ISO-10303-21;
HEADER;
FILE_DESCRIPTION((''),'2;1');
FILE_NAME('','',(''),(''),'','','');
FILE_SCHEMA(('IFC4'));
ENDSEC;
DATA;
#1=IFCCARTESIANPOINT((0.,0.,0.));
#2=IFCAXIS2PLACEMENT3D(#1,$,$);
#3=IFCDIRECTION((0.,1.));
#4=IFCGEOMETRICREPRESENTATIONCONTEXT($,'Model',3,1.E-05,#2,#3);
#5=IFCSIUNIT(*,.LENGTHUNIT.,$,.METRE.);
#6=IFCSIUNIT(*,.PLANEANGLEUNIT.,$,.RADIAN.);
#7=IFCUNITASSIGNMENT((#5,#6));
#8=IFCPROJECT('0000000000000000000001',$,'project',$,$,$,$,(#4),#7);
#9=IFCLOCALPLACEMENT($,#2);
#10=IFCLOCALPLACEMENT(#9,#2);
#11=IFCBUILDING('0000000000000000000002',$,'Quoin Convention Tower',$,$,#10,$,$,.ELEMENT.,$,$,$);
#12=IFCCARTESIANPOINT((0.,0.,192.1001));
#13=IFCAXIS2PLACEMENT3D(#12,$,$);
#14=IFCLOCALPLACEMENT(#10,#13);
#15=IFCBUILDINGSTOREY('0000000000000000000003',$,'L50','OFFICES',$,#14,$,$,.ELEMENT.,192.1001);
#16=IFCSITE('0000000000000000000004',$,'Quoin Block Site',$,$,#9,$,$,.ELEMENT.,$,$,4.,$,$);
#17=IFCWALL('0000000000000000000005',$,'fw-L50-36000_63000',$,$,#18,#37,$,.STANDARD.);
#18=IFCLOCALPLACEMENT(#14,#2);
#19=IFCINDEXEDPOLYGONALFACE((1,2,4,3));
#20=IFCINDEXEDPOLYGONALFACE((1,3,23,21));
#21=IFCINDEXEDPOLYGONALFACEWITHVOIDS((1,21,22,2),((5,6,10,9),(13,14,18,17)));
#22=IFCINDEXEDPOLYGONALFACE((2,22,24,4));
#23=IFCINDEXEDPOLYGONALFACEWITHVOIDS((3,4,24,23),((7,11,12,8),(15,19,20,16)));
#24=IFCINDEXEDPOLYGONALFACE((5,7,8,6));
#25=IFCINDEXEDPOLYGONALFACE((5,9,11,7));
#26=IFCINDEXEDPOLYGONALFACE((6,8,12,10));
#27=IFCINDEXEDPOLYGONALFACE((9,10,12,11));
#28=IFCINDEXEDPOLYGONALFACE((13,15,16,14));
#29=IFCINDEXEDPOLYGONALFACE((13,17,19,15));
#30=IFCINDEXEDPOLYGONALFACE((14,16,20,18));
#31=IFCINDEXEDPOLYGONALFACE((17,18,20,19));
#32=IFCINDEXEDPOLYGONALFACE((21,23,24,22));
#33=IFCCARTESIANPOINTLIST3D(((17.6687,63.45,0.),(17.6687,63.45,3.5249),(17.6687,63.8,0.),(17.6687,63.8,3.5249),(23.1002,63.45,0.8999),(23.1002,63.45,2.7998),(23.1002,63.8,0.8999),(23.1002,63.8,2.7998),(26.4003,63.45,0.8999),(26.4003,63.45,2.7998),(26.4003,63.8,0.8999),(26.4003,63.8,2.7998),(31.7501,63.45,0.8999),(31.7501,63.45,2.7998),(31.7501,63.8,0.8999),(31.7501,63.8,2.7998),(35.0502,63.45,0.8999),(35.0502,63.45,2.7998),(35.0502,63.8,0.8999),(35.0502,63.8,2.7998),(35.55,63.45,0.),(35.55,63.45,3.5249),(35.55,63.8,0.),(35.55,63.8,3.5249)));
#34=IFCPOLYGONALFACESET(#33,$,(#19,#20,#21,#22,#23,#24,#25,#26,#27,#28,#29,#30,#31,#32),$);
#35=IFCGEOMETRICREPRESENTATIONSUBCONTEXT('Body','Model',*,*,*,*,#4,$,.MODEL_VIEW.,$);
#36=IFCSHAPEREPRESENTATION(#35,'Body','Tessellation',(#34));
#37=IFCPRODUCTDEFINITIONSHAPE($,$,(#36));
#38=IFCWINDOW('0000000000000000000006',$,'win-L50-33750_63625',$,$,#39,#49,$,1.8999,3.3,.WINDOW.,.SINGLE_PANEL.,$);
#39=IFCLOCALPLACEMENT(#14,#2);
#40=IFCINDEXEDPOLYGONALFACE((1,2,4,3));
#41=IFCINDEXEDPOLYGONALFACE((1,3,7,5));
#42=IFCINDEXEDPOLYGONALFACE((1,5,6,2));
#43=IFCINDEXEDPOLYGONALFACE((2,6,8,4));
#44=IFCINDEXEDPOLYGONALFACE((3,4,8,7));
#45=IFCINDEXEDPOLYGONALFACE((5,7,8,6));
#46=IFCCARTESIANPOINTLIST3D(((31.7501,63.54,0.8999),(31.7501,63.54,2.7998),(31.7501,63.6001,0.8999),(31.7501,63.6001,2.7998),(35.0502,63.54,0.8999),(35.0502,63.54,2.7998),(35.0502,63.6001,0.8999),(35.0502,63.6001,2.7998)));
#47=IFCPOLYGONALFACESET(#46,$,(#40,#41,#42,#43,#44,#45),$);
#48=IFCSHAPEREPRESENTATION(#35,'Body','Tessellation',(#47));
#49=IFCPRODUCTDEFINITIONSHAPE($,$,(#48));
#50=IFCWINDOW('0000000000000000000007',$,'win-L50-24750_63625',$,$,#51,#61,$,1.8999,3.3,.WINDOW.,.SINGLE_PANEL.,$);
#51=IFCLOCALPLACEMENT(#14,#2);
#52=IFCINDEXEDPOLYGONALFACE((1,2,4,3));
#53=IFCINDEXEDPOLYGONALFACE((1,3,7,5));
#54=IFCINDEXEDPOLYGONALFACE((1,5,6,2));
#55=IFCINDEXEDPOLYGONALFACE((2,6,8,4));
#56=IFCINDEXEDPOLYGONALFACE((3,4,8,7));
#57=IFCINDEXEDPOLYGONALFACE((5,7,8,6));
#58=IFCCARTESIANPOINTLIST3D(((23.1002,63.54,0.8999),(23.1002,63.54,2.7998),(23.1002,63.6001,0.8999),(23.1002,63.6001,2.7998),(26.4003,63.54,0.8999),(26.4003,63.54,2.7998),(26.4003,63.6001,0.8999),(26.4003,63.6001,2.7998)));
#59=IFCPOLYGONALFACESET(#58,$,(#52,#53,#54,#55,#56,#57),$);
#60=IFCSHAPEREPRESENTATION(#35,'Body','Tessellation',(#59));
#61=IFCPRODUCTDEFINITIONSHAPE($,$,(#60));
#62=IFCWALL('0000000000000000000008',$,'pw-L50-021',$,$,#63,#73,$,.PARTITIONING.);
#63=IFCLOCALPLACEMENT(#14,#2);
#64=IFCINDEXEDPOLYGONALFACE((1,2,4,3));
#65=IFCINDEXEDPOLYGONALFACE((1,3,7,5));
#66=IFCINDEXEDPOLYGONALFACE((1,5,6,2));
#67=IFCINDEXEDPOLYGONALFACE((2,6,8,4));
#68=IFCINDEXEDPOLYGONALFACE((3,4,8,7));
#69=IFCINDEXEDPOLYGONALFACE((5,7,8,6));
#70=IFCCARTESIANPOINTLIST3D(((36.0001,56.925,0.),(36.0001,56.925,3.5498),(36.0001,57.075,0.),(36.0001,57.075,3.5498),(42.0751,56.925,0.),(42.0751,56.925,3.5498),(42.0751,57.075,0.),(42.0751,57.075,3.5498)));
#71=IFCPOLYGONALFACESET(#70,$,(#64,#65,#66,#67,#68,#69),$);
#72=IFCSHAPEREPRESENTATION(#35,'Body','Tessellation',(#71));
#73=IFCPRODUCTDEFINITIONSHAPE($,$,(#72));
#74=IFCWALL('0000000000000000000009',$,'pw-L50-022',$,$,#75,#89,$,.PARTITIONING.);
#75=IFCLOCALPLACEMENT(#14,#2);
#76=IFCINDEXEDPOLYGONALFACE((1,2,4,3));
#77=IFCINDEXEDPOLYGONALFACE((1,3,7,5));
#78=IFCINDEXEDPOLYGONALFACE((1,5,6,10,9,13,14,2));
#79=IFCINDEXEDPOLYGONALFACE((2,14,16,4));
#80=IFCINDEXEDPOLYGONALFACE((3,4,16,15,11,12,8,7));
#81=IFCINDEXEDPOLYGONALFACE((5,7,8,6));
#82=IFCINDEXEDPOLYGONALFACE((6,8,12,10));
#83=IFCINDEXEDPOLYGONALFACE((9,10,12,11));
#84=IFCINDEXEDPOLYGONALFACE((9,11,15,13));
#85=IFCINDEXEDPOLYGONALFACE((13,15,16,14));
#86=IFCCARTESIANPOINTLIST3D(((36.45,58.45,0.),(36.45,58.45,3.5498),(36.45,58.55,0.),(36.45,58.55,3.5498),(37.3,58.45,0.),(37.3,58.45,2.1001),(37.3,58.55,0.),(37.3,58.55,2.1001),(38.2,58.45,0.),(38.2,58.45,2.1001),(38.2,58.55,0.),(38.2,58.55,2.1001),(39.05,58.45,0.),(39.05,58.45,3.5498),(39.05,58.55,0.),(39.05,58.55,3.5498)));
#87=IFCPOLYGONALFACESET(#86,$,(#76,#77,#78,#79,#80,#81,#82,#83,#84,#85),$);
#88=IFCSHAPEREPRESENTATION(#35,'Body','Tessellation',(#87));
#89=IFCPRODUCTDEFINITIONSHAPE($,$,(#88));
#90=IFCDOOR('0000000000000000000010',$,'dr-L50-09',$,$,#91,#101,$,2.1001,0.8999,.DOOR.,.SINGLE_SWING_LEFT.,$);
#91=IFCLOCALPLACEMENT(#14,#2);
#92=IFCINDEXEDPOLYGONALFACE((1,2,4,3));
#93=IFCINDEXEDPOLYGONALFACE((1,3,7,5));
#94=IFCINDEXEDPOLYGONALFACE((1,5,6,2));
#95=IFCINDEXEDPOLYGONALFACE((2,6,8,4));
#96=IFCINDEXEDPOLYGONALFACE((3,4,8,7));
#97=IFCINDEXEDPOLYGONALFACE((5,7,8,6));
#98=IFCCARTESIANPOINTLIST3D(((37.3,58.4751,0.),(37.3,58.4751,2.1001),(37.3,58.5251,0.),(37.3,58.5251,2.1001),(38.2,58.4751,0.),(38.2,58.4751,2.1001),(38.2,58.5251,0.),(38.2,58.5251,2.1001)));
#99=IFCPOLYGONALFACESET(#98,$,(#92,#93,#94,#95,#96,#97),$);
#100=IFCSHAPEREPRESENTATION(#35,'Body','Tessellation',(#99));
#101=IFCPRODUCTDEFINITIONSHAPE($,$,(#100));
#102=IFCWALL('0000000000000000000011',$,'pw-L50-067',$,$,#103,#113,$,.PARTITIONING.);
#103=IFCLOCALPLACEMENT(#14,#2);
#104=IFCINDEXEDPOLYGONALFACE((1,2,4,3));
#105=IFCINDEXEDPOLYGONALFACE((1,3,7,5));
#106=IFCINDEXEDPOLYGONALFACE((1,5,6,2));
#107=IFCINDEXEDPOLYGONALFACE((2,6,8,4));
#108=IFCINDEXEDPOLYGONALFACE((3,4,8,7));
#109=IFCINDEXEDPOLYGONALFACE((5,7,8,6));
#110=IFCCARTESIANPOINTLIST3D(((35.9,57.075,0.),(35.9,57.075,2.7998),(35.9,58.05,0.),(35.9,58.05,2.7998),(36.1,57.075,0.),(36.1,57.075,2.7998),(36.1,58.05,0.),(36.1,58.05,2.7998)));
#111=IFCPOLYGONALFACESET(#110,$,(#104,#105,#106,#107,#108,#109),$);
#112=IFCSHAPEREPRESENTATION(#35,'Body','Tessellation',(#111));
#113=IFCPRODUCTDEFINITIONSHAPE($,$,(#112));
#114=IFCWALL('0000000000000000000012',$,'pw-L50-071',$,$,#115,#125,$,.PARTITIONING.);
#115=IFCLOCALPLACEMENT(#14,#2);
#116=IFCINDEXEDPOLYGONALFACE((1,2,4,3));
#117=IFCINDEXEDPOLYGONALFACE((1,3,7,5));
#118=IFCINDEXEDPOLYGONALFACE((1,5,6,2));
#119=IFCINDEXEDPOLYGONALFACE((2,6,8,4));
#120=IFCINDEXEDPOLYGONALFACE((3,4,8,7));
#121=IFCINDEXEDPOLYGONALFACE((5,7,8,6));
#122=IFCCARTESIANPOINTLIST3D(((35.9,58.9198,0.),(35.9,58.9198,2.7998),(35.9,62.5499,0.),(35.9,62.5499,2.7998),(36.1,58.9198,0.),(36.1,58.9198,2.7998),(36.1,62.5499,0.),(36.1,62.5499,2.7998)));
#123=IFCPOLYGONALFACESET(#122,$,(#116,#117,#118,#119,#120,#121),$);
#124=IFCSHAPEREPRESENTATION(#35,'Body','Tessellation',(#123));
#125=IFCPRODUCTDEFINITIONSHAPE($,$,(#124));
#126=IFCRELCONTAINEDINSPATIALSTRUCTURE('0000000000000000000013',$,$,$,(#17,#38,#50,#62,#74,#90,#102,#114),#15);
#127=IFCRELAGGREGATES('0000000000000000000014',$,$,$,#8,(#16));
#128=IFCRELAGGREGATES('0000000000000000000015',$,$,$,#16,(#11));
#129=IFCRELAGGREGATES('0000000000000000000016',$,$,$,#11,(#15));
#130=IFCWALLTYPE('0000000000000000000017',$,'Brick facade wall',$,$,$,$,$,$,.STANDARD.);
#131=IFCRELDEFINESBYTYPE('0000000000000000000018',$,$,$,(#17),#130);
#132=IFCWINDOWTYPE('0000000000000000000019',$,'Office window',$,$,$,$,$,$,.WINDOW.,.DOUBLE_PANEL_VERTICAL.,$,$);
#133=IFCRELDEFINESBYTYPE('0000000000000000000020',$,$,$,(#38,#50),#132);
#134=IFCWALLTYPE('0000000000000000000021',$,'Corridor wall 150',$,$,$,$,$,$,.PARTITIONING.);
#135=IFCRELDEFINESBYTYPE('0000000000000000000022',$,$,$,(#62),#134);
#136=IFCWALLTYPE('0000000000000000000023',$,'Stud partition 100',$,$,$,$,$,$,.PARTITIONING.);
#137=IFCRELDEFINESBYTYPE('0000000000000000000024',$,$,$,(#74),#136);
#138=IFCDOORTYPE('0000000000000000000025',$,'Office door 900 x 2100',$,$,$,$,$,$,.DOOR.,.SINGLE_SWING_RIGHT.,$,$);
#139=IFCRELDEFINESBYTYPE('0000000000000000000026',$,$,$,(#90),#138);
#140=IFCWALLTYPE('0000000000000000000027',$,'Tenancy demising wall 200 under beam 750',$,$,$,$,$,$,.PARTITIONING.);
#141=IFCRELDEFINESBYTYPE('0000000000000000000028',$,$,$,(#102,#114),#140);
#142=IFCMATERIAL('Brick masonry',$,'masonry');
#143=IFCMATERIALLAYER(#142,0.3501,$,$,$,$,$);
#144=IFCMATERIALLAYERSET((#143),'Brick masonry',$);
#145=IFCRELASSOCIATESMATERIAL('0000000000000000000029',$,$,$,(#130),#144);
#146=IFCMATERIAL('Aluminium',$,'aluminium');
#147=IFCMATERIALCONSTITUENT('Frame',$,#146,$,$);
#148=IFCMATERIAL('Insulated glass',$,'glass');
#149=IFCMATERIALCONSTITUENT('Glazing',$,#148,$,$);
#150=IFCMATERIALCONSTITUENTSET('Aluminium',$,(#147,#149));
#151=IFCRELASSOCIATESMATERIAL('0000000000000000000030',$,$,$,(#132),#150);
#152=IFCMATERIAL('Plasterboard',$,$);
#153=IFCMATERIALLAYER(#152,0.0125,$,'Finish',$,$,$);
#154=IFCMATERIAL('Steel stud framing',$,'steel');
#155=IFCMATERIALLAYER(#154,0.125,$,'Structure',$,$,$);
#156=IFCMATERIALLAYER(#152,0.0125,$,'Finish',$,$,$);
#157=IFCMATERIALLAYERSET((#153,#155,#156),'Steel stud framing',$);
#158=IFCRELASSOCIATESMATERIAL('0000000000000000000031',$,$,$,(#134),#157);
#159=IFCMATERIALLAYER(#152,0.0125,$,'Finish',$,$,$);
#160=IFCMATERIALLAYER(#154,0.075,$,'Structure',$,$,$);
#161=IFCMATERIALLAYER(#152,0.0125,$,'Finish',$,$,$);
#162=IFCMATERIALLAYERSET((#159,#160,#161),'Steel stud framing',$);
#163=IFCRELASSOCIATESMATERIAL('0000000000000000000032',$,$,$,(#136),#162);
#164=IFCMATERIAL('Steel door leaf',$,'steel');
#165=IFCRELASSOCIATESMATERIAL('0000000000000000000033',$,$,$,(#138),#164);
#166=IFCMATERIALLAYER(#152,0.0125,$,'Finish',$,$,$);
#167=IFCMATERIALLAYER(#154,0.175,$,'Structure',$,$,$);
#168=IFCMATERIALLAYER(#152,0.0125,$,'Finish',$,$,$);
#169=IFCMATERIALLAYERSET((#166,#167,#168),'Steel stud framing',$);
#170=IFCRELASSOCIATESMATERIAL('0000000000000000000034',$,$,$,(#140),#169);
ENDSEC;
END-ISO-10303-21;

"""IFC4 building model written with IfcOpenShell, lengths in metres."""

from ifc_helpers import new_model, si_unit, direction, frame, frame_2d, origin, place, context, subcontext, project, spatial, rectangle, extrude, material, layer, layer_set, constituent, constituent_set, type_object, element, fill, save


model = new_model("IFC4")

# Units and contexts
model_context = context("Model", 3, precision=1e-05, world=origin(), true_north=direction((0.0, 1.0)))
body_context = subcontext(model_context, "Body", "Model", "MODEL_VIEW")
ifc_project = project(units=[si_unit("LENGTHUNIT", "METRE"), si_unit("PLANEANGLEUNIT", "RADIAN")], contexts=[model_context])

# Site, building, storey
site_placement = place(None, origin())
site = spatial("IfcSite", under=ifc_project, at=site_placement, Name="Quoin Block Site", CompositionType="ELEMENT", RefElevation=4.0)
building_placement = place(site_placement, origin())
building = spatial("IfcBuilding", under=site, at=building_placement, Name="Quoin Convention Tower", CompositionType="ELEMENT")
storey_placement = place(building_placement, frame((0.0, 0.0, 192.1001)))
storey = spatial("IfcBuildingStorey", under=building, at=storey_placement, Name="L50", Description="OFFICES", CompositionType="ELEMENT", Elevation=192.1001)

# Shared definitions
ifc_material_1 = material(Name="Plasterboard")
ifc_material_2 = material(Name="Steel stud framing", Category="steel")

# Wall, openings, windows
ifc_material_3 = material(Name="Brick masonry", Category="masonry")
ifc_layer_1 = layer(ifc_material_3, 0.3501)
ifc_layer_set_1 = layer_set([ifc_layer_1], Name="Brick masonry")
wall_type_1 = type_object("IfcWallType", Name="Brick facade wall", PredefinedType="STANDARD", material=ifc_layer_set_1)
wall_1_placement = place(storey_placement, frame((35.55, 63.625, 0.0), z_axis=(0.0, 0.0, 1.0), x_axis=(-1.0, 0.0, 0.0)))
wall_1 = element("IfcWall", 1, at=wall_1_placement, inside=storey, type_object=wall_type_1, Name="fw-L50-36000_63000", PredefinedType="STANDARD", context=body_context, shape_type="SweptSolid", body=[
    extrude(rectangle(XDim=17.8813, YDim=0.3501, at=frame_2d((8.9407, 0.0))), origin(), (0.0, 0.0, 1.0), 3.5249),
])
opening_1_placement = place(wall_1_placement, frame((0.5, 0.0, 0.8999)))
opening_1 = element("IfcOpeningElement", 2, at=opening_1_placement, cuts=wall_1, PredefinedType="OPENING", context=body_context, shape_type="SweptSolid", body=[
    extrude(rectangle(XDim=3.3, YDim=1.8999, at=frame_2d((1.6499, 0.95))), frame((0.0, 0.1851, 0.0), z_axis=(0.0, -1.0, 0.0), x_axis=(1.0, 0.0, 0.0)), (0.0, 0.0, 1.0), 0.3701),
])
opening_2_placement = place(wall_1_placement, frame((9.1499, 0.0, 0.8999)))
opening_2 = element("IfcOpeningElement", 3, at=opening_2_placement, cuts=wall_1, PredefinedType="OPENING", context=body_context, shape_type="SweptSolid", body=[
    extrude(rectangle(XDim=3.3, YDim=1.8999, at=frame_2d((1.6499, 0.95))), frame((0.0, 0.1851, 0.0), z_axis=(0.0, -1.0, 0.0), x_axis=(1.0, 0.0, 0.0)), (0.0, 0.0, 1.0), 0.3701),
])
ifc_material_4 = material(Name="Aluminium", Category="aluminium")
ifc_constituent_1 = constituent(ifc_material_4, Name="Frame")
ifc_material_5 = material(Name="Insulated glass", Category="glass")
ifc_constituent_2 = constituent(ifc_material_5, Name="Glazing")
ifc_constituent_set = constituent_set(constituents=[ifc_constituent_1, ifc_constituent_2], Name="Aluminium")
window_type = type_object("IfcWindowType", Name="Office window", PartitioningType="DOUBLE_PANEL_VERTICAL", PredefinedType="WINDOW", material=ifc_constituent_set)
window_1_placement = place(opening_1_placement, origin())
window_1 = element("IfcWindow", 4, at=window_1_placement, inside=storey, type_object=window_type, Name="win-L50-33750_63625", OverallHeight=1.8999, OverallWidth=3.3, PartitioningType="SINGLE_PANEL", PredefinedType="WINDOW", context=body_context, shape_type="SweptSolid", body=[
    extrude(rectangle(XDim=3.3, YDim=1.8999, at=frame_2d((1.6499, 0.95))), frame((0.0, 0.085, 0.0), z_axis=(0.0, -1.0, 0.0), x_axis=(1.0, 0.0, 0.0)), (0.0, 0.0, 1.0), 0.0601),
])
fill(opening_1, window_1)
window_2_placement = place(opening_2_placement, origin())
window_2 = element("IfcWindow", 5, at=window_2_placement, inside=storey, type_object=window_type, Name="win-L50-24750_63625", OverallHeight=1.8999, OverallWidth=3.3, PartitioningType="SINGLE_PANEL", PredefinedType="WINDOW", context=body_context, shape_type="SweptSolid", body=[
    extrude(rectangle(XDim=3.3, YDim=1.8999, at=frame_2d((1.6499, 0.95))), frame((0.0, 0.085, 0.0), z_axis=(0.0, -1.0, 0.0), x_axis=(1.0, 0.0, 0.0)), (0.0, 0.0, 1.0), 0.0601),
])
fill(opening_2, window_2)

# Wall
ifc_layer_2 = layer(ifc_material_1, 0.0125, Name="Finish")
ifc_layer_3 = layer(ifc_material_2, 0.125, Name="Structure")
ifc_layer_4 = layer(ifc_material_1, 0.0125, Name="Finish")
ifc_layer_set_2 = layer_set([ifc_layer_2, ifc_layer_3, ifc_layer_4], Name="Steel stud framing")
wall_type_2 = type_object("IfcWallType", Name="Corridor wall 150", PredefinedType="PARTITIONING", material=ifc_layer_set_2)
wall_2_placement = place(storey_placement, frame((36.0, 57.0, 0.0), z_axis=(0.0, 0.0, 1.0), x_axis=(1.0, 0.0, 0.0)))
element("IfcWall", 6, at=wall_2_placement, inside=storey, type_object=wall_type_2, Name="pw-L50-021", PredefinedType="PARTITIONING", context=body_context, shape_type="SweptSolid", body=[
    extrude(rectangle(XDim=6.075, YDim=0.1499, at=frame_2d((3.0376, 0.0))), origin(), (0.0, 0.0, 1.0), 3.5498),
])

# Wall, opening, door
ifc_layer_5 = layer(ifc_material_1, 0.0125, Name="Finish")
ifc_layer_6 = layer(ifc_material_2, 0.075, Name="Structure")
ifc_layer_7 = layer(ifc_material_1, 0.0125, Name="Finish")
ifc_layer_set_3 = layer_set([ifc_layer_5, ifc_layer_6, ifc_layer_7], Name="Steel stud framing")
wall_type_3 = type_object("IfcWallType", Name="Stud partition 100", PredefinedType="PARTITIONING", material=ifc_layer_set_3)
wall_3_placement = place(storey_placement, frame((36.45, 58.5, 0.0), z_axis=(0.0, 0.0, 1.0), x_axis=(1.0, 0.0, 0.0)))
wall_3 = element("IfcWall", 7, at=wall_3_placement, inside=storey, type_object=wall_type_3, Name="pw-L50-022", PredefinedType="PARTITIONING", context=body_context, shape_type="SweptSolid", body=[
    extrude(rectangle(XDim=2.6001, YDim=0.1001, at=frame_2d((1.3, 0.0))), origin(), (0.0, 0.0, 1.0), 3.5498),
])
opening_3_placement = place(wall_3_placement, frame((0.8501, 0.0, 0.0)))
opening_3 = element("IfcOpeningElement", 8, at=opening_3_placement, cuts=wall_3, PredefinedType="OPENING", context=body_context, shape_type="SweptSolid", body=[
    extrude(rectangle(XDim=0.8999, YDim=2.1001, at=frame_2d((0.45, 1.05))), frame((0.0, 0.0601, 0.0), z_axis=(0.0, -1.0, 0.0), x_axis=(1.0, 0.0, 0.0)), (0.0, 0.0, 1.0), 0.1201),
])
ifc_material_6 = material(Name="Steel door leaf", Category="steel")
door_type = type_object("IfcDoorType", Name="Office door 900 x 2100", OperationType="SINGLE_SWING_RIGHT", PredefinedType="DOOR", material=ifc_material_6)
door_placement = place(opening_3_placement, frame((0.8999, 0.0, 0.0), z_axis=(0.0, 0.0, 1.0), x_axis=(-1.0, 0.0, 0.0)))
door = element("IfcDoor", 9, at=door_placement, inside=storey, type_object=door_type, Name="dr-L50-09", OperationType="SINGLE_SWING_LEFT", OverallHeight=2.1001, OverallWidth=0.8999, PredefinedType="DOOR", context=body_context, shape_type="SweptSolid", body=[
    extrude(rectangle(XDim=0.8999, YDim=2.1001, at=frame_2d((0.45, 1.05))), frame((0.0, 0.0249, 0.0), z_axis=(0.0, -1.0, 0.0), x_axis=(1.0, 0.0, 0.0)), (0.0, 0.0, 1.0), 0.05),
])
fill(opening_3, door)

# Walls
ifc_layer_8 = layer(ifc_material_1, 0.0125, Name="Finish")
ifc_layer_9 = layer(ifc_material_2, 0.175, Name="Structure")
ifc_layer_10 = layer(ifc_material_1, 0.0125, Name="Finish")
ifc_layer_set_4 = layer_set([ifc_layer_8, ifc_layer_9, ifc_layer_10], Name="Steel stud framing")
wall_type_4 = type_object("IfcWallType", Name="Tenancy demising wall 200 under beam 750", PredefinedType="PARTITIONING", material=ifc_layer_set_4)
wall_4_placement = place(storey_placement, frame((36.0, 57.075, 0.0), z_axis=(0.0, 0.0, 1.0), x_axis=(0.0, 1.0, 0.0)))
element("IfcWall", 10, at=wall_4_placement, inside=storey, type_object=wall_type_4, Name="pw-L50-067", PredefinedType="PARTITIONING", context=body_context, shape_type="SweptSolid", body=[
    extrude(rectangle(XDim=0.9751, YDim=0.2, at=frame_2d((0.4875, 0.0))), origin(), (0.0, 0.0, 1.0), 2.7998),
])
wall_5_placement = place(storey_placement, frame((36.0, 58.9199, 0.0), z_axis=(0.0, 0.0, 1.0), x_axis=(0.0, 1.0, 0.0)))
element("IfcWall", 11, at=wall_5_placement, inside=storey, type_object=wall_type_4, Name="pw-L50-071", PredefinedType="PARTITIONING", context=body_context, shape_type="SweptSolid", body=[
    extrude(rectangle(XDim=3.6301, YDim=0.2, at=frame_2d((1.8149, 0.0))), origin(), (0.0, 0.0, 1.0), 2.7998),
])

save(model, "model.ifc")
